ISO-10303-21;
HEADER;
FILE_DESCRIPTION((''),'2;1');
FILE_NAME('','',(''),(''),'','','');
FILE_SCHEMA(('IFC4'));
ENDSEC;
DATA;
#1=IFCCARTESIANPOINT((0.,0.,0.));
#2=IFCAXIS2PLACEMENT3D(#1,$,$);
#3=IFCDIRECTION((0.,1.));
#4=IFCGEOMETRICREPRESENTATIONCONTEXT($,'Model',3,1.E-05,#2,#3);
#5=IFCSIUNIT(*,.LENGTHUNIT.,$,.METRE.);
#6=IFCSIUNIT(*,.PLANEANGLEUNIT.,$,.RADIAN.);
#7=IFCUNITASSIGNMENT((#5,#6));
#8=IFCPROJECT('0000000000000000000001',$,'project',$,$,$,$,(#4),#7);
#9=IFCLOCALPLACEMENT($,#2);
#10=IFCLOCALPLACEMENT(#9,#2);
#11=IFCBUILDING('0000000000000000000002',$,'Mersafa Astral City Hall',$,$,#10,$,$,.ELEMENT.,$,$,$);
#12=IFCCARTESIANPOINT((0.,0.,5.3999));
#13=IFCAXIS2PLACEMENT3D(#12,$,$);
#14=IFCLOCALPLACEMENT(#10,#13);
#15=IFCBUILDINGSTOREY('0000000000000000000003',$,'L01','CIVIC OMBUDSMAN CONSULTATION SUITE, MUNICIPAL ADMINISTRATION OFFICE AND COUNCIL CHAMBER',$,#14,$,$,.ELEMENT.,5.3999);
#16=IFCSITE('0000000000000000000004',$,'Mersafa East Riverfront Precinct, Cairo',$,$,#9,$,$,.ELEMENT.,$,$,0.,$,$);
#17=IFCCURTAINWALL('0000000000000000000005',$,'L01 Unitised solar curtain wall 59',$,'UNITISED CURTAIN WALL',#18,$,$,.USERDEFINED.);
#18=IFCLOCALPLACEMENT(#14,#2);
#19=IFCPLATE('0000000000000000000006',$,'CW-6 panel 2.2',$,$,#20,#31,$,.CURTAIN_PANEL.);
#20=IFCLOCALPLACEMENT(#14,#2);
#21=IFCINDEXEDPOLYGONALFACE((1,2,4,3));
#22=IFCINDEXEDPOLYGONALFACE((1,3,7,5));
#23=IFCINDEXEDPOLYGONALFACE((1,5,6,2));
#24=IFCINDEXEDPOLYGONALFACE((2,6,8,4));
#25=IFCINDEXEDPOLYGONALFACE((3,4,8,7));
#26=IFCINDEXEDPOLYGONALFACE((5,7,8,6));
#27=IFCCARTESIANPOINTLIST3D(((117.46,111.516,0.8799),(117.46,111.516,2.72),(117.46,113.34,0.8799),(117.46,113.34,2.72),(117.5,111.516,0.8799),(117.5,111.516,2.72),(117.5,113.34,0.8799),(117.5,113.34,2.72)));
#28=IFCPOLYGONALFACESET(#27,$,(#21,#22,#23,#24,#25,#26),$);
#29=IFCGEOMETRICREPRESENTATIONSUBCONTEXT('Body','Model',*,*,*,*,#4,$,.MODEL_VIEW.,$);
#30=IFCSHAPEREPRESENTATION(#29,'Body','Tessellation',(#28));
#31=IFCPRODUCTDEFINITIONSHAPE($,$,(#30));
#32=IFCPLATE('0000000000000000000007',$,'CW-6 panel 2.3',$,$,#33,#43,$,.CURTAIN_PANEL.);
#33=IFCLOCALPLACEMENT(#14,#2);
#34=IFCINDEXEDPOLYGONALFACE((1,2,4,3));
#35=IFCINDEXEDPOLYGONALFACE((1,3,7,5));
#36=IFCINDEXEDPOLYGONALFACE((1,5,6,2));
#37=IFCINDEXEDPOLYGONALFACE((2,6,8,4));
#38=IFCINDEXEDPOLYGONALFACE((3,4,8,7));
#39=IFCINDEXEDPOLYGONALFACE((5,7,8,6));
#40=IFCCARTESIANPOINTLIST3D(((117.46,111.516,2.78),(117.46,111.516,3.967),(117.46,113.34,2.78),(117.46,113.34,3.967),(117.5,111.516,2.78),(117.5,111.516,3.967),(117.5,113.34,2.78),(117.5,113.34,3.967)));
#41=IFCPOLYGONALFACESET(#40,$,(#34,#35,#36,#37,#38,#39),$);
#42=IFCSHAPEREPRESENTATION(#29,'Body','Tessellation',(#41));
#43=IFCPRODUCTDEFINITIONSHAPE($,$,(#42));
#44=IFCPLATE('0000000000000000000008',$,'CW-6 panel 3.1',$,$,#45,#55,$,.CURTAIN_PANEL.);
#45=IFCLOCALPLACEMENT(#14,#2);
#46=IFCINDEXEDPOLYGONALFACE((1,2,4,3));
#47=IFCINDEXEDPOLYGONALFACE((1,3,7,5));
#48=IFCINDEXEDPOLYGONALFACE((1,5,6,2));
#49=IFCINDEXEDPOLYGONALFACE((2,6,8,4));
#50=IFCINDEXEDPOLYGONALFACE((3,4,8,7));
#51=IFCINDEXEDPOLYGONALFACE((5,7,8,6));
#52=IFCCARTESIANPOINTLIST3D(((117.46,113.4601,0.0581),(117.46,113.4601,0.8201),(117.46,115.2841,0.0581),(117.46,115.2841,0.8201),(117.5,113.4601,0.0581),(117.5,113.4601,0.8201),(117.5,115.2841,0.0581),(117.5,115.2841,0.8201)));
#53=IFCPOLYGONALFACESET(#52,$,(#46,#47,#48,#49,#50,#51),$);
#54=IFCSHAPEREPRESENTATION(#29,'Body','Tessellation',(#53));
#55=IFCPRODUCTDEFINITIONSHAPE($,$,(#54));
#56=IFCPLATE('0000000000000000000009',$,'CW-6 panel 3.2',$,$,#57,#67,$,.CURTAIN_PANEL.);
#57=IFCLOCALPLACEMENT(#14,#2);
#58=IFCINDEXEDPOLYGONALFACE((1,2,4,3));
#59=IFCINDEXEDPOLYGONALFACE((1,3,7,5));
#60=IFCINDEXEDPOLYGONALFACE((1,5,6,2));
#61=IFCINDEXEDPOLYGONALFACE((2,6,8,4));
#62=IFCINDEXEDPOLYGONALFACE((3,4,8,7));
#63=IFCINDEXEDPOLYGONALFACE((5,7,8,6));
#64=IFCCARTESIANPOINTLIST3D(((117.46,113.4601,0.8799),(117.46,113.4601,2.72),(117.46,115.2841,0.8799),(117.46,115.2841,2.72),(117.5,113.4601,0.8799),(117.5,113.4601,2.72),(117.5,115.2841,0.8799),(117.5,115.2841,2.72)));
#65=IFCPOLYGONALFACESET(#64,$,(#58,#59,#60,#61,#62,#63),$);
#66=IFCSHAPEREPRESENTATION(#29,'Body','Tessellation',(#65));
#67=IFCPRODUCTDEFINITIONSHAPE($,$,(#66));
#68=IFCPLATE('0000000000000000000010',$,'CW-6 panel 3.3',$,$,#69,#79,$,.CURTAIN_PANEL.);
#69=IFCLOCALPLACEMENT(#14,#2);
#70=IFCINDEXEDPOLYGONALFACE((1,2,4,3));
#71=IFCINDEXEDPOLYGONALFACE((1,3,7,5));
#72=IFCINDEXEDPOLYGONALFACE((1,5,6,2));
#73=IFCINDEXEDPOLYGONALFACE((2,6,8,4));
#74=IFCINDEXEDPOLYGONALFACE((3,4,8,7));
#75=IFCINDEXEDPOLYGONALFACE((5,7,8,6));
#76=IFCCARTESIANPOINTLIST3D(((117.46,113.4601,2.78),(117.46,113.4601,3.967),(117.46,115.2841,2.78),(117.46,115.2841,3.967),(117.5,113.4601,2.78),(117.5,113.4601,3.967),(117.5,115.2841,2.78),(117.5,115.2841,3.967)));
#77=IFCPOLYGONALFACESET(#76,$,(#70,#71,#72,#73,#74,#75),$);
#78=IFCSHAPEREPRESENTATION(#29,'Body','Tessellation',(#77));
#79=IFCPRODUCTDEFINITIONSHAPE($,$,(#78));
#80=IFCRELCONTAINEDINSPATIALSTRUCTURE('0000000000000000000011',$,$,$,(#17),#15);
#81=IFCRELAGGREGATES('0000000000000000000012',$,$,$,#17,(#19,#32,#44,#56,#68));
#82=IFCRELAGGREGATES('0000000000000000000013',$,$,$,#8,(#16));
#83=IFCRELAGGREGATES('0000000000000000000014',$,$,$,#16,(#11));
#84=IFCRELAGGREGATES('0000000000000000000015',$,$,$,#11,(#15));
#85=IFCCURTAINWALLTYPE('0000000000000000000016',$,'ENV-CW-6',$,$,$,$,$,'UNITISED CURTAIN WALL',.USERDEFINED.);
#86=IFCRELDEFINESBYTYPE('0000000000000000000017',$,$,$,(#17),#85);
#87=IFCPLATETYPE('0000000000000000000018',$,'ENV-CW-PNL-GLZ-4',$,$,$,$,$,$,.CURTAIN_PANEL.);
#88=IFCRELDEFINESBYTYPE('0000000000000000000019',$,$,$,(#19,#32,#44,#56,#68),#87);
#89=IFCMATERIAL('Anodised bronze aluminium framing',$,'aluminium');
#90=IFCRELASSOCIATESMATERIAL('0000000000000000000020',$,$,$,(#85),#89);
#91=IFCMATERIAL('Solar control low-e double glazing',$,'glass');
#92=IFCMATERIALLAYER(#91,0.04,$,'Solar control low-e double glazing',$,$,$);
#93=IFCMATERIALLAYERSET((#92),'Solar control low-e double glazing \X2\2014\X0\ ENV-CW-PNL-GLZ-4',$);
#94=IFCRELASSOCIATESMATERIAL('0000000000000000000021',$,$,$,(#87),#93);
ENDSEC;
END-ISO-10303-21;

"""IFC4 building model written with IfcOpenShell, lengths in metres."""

from ifc_helpers import new_model, si_unit, direction, frame, origin, origin_2d, place, context, subcontext, project, spatial, rectangle, extrude, material, layer, layer_set, type_object, element, aggregate, save


model = new_model("IFC4")

# Units and contexts
model_context = context("Model", 3, precision=1e-05, world=origin(), true_north=direction((0.0, 1.0)))
body_context = subcontext(model_context, "Body", "Model", "MODEL_VIEW")
ifc_project = project(units=[si_unit("LENGTHUNIT", "METRE"), si_unit("PLANEANGLEUNIT", "RADIAN")], contexts=[model_context])

# Site, building, storey
site_placement = place(None, origin())
site = spatial("IfcSite", under=ifc_project, at=site_placement, Name="Mersafa East Riverfront Precinct, Cairo", CompositionType="ELEMENT", RefElevation=0.0)
building_placement = place(site_placement, origin())
building = spatial("IfcBuilding", under=site, at=building_placement, Name="Mersafa Astral City Hall", CompositionType="ELEMENT")
storey_placement = place(building_placement, frame((0.0, 0.0, 5.3999)))
storey = spatial("IfcBuildingStorey", under=building, at=storey_placement, Name="L01", Description="CIVIC OMBUDSMAN CONSULTATION SUITE, MUNICIPAL ADMINISTRATION OFFICE AND COUNCIL CHAMBER", CompositionType="ELEMENT", Elevation=5.3999)

# Curtain wall, plates
ifc_material_1 = material(Name="Anodised bronze aluminium framing", Category="aluminium")
curtain_wall_type = type_object("IfcCurtainWallType", Name="ENV-CW-6", ElementType="UNITISED CURTAIN WALL", PredefinedType="USERDEFINED", material=ifc_material_1)
curtain_wall_placement = place(storey_placement, origin())
curtain_wall = element("IfcCurtainWall", 1, at=curtain_wall_placement, inside=storey, type_object=curtain_wall_type, Name="L01 Unitised solar curtain wall 59", ObjectType="UNITISED CURTAIN WALL", PredefinedType="USERDEFINED")
ifc_material_2 = material(Name="Solar control low-e double glazing", Category="glass")
ifc_layer = layer(ifc_material_2, 0.04, Name="Solar control low-e double glazing")
ifc_layer_set = layer_set([ifc_layer], Name="Solar control low-e double glazing — ENV-CW-PNL-GLZ-4")
plate_type = type_object("IfcPlateType", Name="ENV-CW-PNL-GLZ-4", PredefinedType="CURTAIN_PANEL", material=ifc_layer_set)
plate_1_placement = place(storey_placement, frame((117.48, 112.428, 0.8799), z_axis=(0.0, 0.0, 1.0), x_axis=(0.0, 1.0, 0.0)))
plate_1 = element("IfcPlate", 2, at=plate_1_placement, type_object=plate_type, Name="CW-6 panel 2.2", PredefinedType="CURTAIN_PANEL", context=body_context, shape_type="SweptSolid", body=[
    extrude(rectangle(XDim=1.824, YDim=0.04, at=origin_2d()), origin(), (0.0, 0.0, 1.0), 1.8401),
])
plate_2_placement = place(storey_placement, frame((117.48, 112.428, 2.78), z_axis=(0.0, 0.0, 1.0), x_axis=(0.0, 1.0, 0.0)))
plate_2 = element("IfcPlate", 3, at=plate_2_placement, type_object=plate_type, Name="CW-6 panel 2.3", PredefinedType="CURTAIN_PANEL", context=body_context, shape_type="SweptSolid", body=[
    extrude(rectangle(XDim=1.824, YDim=0.04, at=origin_2d()), origin(), (0.0, 0.0, 1.0), 1.187),
])
plate_3_placement = place(storey_placement, frame((117.48, 114.3721, 0.0581), z_axis=(0.0, 0.0, 1.0), x_axis=(0.0, 1.0, 0.0)))
plate_3 = element("IfcPlate", 4, at=plate_3_placement, type_object=plate_type, Name="CW-6 panel 3.1", PredefinedType="CURTAIN_PANEL", context=body_context, shape_type="SweptSolid", body=[
    extrude(rectangle(XDim=1.824, YDim=0.04, at=origin_2d()), origin(), (0.0, 0.0, 1.0), 0.762),
])
plate_4_placement = place(storey_placement, frame((117.48, 114.3721, 0.8799), z_axis=(0.0, 0.0, 1.0), x_axis=(0.0, 1.0, 0.0)))
plate_4 = element("IfcPlate", 5, at=plate_4_placement, type_object=plate_type, Name="CW-6 panel 3.2", PredefinedType="CURTAIN_PANEL", context=body_context, shape_type="SweptSolid", body=[
    extrude(rectangle(XDim=1.824, YDim=0.04, at=origin_2d()), origin(), (0.0, 0.0, 1.0), 1.8401),
])
plate_5_placement = place(storey_placement, frame((117.48, 114.3721, 2.78), z_axis=(0.0, 0.0, 1.0), x_axis=(0.0, 1.0, 0.0)))
plate_5 = element("IfcPlate", 6, at=plate_5_placement, type_object=plate_type, Name="CW-6 panel 3.3", PredefinedType="CURTAIN_PANEL", context=body_context, shape_type="SweptSolid", body=[
    extrude(rectangle(XDim=1.824, YDim=0.04, at=origin_2d()), origin(), (0.0, 0.0, 1.0), 1.187),
])
aggregate(curtain_wall, [plate_1, plate_2, plate_3, plate_4, plate_5])

save(model, "model.ifc")
